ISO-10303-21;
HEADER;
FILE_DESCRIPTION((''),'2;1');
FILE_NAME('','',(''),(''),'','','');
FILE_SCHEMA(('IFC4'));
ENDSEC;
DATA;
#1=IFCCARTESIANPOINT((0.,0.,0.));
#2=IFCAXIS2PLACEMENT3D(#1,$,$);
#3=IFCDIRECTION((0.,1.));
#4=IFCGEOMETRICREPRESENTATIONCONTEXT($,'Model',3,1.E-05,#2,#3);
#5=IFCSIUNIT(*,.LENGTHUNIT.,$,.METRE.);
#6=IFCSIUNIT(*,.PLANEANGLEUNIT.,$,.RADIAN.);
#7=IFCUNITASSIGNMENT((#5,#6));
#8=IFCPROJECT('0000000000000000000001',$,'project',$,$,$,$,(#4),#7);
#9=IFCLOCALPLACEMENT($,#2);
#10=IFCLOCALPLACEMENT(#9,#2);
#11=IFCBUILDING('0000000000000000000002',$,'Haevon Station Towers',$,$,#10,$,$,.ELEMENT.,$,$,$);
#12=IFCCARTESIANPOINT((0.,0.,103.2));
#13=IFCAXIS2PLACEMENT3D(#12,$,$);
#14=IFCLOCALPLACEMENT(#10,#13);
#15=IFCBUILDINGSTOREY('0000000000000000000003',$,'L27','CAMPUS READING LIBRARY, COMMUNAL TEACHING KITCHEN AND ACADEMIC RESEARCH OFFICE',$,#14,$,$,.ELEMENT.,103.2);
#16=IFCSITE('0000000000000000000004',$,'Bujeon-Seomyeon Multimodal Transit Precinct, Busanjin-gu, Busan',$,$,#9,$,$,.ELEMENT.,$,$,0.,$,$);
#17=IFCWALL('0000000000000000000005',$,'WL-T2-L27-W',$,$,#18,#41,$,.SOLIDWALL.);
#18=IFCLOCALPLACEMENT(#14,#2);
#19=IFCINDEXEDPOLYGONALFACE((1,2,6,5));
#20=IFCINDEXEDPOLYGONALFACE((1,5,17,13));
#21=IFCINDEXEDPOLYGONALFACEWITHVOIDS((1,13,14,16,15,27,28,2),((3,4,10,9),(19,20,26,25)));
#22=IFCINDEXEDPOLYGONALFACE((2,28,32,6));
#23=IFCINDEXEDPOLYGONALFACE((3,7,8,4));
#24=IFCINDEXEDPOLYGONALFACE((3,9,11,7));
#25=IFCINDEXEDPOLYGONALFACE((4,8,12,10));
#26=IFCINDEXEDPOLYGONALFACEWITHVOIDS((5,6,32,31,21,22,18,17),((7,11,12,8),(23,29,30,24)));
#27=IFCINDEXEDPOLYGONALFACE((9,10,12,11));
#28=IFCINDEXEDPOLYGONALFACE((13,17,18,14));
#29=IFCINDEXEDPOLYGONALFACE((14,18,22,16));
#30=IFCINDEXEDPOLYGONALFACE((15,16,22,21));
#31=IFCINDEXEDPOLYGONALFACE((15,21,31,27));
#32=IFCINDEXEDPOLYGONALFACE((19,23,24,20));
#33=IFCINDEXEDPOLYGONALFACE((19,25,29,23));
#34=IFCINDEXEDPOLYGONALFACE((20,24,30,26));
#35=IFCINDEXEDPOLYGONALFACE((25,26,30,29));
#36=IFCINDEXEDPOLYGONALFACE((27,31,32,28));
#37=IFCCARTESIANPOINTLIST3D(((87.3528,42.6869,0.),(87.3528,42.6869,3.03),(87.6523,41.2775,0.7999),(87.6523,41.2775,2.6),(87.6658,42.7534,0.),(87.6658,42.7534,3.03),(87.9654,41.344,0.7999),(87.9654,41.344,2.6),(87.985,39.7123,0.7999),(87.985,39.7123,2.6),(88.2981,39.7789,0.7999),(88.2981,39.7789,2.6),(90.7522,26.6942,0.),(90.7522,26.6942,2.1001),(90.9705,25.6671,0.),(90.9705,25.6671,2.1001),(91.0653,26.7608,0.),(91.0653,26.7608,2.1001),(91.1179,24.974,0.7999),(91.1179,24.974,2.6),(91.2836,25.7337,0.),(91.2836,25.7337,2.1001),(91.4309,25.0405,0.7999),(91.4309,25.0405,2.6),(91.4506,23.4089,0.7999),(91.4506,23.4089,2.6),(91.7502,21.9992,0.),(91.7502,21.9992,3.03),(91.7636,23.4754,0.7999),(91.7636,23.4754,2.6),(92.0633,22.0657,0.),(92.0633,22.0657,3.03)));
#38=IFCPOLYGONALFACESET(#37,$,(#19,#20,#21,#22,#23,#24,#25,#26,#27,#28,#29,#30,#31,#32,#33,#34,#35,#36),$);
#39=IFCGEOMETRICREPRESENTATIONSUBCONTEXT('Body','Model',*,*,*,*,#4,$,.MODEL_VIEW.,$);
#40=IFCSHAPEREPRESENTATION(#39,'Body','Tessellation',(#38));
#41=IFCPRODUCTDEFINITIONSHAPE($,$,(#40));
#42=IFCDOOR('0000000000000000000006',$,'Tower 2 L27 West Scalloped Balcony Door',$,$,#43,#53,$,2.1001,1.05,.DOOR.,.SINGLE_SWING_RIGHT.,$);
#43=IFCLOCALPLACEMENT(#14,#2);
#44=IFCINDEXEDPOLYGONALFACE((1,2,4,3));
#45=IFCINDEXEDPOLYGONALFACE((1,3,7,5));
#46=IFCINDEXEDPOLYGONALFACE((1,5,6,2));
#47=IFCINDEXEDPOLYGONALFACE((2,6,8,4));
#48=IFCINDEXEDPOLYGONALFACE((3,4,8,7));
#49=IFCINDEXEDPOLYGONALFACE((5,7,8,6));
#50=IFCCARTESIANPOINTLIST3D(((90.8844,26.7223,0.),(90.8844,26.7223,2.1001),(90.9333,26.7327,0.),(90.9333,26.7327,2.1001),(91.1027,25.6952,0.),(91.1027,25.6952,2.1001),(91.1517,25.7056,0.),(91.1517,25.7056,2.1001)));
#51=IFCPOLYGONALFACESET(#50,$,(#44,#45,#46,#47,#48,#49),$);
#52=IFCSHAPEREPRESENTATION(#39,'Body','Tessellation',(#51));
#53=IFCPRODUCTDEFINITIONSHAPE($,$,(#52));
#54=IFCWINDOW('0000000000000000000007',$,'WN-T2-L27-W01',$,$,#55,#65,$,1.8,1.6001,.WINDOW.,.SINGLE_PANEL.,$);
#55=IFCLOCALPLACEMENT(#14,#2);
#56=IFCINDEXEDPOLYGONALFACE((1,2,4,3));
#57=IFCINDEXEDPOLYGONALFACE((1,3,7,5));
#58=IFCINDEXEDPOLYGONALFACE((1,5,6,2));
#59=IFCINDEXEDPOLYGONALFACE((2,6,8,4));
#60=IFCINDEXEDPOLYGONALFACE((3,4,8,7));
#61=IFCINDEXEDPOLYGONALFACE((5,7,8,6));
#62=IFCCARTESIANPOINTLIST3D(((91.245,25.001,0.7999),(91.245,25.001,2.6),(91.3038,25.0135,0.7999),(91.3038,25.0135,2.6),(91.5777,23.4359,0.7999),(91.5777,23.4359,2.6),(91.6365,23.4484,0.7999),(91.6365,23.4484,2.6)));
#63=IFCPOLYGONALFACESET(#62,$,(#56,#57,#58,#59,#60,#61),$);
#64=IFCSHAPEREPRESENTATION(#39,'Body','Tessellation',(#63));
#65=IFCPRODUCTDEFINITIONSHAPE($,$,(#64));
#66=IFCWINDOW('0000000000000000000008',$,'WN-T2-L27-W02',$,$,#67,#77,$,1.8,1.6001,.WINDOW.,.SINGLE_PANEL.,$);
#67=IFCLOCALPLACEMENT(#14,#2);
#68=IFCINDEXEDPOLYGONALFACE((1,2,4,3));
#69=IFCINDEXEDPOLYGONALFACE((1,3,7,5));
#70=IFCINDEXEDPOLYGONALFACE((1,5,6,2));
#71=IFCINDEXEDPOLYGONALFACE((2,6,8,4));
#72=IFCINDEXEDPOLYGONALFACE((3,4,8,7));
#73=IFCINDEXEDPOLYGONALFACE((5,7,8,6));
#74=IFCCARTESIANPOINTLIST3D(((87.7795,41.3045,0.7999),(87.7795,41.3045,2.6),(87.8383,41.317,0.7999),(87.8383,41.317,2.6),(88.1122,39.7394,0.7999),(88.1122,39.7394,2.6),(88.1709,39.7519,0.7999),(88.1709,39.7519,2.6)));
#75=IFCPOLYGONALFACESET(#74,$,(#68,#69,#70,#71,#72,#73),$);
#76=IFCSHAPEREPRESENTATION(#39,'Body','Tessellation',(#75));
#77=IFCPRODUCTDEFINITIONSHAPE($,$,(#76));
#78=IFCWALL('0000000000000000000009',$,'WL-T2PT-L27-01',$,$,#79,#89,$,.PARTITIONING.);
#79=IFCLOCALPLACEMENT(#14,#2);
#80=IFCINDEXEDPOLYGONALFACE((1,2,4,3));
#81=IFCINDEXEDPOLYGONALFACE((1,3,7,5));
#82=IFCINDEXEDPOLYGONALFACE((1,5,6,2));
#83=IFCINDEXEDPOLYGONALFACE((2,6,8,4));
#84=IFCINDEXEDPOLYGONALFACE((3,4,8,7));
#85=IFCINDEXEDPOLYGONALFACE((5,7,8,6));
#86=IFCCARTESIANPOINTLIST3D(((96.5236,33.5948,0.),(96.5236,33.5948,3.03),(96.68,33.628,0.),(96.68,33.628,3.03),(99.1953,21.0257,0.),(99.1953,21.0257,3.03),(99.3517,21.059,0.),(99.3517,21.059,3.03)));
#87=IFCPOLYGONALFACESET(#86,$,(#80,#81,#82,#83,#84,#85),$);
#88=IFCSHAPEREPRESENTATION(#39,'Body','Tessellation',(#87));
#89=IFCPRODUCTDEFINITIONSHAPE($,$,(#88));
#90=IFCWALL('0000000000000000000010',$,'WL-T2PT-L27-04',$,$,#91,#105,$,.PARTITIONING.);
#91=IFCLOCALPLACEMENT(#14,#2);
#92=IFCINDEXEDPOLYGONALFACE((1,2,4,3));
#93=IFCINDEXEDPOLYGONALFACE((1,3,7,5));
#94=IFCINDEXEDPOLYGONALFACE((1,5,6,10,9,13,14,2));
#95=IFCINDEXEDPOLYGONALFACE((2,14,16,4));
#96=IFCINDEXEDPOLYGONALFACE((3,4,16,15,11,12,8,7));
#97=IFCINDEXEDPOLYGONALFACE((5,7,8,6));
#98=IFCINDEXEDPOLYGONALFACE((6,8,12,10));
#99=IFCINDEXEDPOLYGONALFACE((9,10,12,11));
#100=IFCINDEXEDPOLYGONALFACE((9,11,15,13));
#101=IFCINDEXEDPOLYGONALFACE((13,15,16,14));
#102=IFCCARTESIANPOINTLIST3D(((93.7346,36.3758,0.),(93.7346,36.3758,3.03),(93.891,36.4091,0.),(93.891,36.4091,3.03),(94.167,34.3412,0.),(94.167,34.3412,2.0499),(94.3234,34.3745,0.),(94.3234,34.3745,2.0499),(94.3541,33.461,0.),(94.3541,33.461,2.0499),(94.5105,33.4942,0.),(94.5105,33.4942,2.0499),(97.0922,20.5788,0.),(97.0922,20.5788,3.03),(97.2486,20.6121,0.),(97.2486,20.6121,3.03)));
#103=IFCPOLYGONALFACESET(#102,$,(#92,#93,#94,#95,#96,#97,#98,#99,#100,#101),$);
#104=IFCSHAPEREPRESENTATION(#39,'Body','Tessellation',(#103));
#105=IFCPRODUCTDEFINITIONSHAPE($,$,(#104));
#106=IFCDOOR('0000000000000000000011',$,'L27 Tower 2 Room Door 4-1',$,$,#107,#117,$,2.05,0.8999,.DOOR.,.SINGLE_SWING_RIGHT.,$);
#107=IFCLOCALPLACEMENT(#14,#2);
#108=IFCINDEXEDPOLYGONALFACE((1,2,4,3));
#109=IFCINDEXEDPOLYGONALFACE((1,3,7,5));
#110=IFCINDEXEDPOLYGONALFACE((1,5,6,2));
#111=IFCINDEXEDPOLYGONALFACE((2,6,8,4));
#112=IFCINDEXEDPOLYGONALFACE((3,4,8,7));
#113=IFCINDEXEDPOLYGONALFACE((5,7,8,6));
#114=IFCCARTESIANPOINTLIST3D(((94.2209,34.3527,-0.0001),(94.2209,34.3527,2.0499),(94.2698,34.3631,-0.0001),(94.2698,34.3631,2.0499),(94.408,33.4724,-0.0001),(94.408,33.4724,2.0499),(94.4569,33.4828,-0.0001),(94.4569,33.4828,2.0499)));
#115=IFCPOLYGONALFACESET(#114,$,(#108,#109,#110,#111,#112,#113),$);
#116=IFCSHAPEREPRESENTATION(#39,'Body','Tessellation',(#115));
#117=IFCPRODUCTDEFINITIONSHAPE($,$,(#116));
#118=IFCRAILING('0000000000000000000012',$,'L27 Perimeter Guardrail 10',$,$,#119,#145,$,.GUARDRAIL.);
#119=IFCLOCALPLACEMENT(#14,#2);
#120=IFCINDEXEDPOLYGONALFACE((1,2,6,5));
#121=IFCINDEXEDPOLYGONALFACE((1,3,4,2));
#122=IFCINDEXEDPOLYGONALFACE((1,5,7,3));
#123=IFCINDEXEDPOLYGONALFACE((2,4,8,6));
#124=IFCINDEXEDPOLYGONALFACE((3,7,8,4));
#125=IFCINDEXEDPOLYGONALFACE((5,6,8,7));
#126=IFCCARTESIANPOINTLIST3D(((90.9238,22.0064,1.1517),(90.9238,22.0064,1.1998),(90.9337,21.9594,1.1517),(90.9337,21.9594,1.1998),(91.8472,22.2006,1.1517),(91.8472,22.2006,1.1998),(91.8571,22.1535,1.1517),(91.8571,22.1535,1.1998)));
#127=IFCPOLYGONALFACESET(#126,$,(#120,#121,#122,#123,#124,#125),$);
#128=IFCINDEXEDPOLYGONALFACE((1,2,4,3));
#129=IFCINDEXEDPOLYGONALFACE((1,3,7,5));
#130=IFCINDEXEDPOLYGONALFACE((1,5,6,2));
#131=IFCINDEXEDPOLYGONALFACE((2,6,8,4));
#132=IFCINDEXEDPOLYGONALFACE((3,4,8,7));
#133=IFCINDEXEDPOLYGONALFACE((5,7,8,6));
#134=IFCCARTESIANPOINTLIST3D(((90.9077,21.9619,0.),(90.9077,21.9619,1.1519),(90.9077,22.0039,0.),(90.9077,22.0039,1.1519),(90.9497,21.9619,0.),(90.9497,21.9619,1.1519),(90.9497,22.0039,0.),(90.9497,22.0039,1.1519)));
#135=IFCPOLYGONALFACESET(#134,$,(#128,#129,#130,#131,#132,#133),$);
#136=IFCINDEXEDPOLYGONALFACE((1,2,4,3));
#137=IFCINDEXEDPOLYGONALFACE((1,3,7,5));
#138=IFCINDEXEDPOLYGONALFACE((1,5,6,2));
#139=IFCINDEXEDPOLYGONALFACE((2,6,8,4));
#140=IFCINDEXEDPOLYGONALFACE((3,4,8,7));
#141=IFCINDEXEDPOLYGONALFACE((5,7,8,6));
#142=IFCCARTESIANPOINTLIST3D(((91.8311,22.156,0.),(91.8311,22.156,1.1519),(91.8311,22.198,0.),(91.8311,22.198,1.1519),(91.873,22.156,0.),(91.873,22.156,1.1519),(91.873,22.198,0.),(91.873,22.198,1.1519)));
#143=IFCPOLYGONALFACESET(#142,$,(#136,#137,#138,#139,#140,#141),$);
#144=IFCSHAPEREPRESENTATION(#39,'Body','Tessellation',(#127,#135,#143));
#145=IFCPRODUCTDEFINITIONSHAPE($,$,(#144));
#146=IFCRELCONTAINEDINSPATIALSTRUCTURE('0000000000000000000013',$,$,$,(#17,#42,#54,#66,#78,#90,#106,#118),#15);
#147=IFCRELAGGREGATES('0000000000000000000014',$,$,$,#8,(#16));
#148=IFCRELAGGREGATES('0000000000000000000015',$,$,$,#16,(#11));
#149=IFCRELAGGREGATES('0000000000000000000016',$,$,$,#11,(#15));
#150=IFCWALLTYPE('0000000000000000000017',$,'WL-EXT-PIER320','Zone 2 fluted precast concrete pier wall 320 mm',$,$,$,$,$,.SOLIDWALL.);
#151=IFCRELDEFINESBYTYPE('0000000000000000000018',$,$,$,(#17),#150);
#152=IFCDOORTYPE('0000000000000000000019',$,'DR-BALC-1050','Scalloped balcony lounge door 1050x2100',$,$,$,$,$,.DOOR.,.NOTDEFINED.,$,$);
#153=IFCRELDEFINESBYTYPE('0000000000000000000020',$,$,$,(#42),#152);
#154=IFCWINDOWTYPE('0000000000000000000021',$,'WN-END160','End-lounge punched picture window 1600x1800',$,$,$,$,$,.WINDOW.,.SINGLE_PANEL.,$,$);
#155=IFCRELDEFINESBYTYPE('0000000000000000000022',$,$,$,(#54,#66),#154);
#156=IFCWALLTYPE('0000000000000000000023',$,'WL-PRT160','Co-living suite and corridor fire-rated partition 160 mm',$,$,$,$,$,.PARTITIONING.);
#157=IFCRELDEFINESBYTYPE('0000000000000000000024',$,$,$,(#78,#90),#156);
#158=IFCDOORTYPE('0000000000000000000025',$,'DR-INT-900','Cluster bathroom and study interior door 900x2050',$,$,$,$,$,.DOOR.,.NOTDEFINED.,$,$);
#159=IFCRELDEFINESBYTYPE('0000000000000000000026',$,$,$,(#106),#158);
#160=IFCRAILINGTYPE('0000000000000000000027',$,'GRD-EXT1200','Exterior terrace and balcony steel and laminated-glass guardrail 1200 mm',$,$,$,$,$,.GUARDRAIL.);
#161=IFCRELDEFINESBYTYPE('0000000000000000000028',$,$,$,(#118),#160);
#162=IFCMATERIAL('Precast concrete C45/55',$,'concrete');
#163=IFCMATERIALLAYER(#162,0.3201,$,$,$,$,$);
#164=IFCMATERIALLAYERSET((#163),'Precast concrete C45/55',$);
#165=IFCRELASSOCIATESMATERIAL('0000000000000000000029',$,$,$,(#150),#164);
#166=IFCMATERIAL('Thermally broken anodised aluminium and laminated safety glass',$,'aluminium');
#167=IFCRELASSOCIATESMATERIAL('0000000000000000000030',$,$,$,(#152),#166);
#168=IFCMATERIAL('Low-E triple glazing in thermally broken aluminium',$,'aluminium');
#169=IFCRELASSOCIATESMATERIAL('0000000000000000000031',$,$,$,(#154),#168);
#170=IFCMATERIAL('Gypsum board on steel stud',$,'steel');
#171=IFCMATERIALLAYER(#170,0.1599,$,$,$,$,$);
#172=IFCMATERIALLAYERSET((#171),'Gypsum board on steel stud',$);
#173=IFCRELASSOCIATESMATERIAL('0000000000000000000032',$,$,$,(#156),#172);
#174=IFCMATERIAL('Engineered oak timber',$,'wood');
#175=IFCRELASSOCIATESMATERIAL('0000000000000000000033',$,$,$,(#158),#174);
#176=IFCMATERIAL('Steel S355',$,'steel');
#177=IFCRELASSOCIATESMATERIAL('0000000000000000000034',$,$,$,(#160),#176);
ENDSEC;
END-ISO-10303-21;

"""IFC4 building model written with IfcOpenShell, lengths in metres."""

from ifc_helpers import new_model, si_unit, direction, frame, frame_2d, origin, origin_2d, place, context, subcontext, project, spatial, rectangle, extrude, material, layer, layer_set, type_object, element, fill, save


model = new_model("IFC4")

# Units and contexts
model_context = context("Model", 3, precision=1e-05, world=origin(), true_north=direction((0.0, 1.0)))
body_context = subcontext(model_context, "Body", "Model", "MODEL_VIEW")
ifc_project = project(units=[si_unit("LENGTHUNIT", "METRE"), si_unit("PLANEANGLEUNIT", "RADIAN")], contexts=[model_context])

# Site, building, storey
site_placement = place(None, origin())
site = spatial("IfcSite", under=ifc_project, at=site_placement, Name="Bujeon-Seomyeon Multimodal Transit Precinct, Busanjin-gu, Busan", CompositionType="ELEMENT", RefElevation=0.0)
building_placement = place(site_placement, origin())
building = spatial("IfcBuilding", under=site, at=building_placement, Name="Haevon Station Towers", CompositionType="ELEMENT")
storey_placement = place(building_placement, frame((0.0, 0.0, 103.2)))
storey = spatial("IfcBuildingStorey", under=building, at=storey_placement, Name="L27", Description="CAMPUS READING LIBRARY, COMMUNAL TEACHING KITCHEN AND ACADEMIC RESEARCH OFFICE", CompositionType="ELEMENT", Elevation=103.2)

# Shared definitions
ifc_material_1 = material(Name="Steel S355", Category="steel")

# Shared definitions
ifc_material_2 = material(Name="Precast concrete C45/55", Category="concrete")
ifc_layer_1 = layer(ifc_material_2, 0.3201)
ifc_layer_set_1 = layer_set([ifc_layer_1], Name="Precast concrete C45/55")
wall_type_1 = type_object("IfcWallType", Name="WL-EXT-PIER320", Description="Zone 2 fluted precast concrete pier wall 320 mm", PredefinedType="SOLIDWALL", material=ifc_layer_set_1)

# Wall, openings, door, windows
wall_1_placement = place(storey_placement, frame((91.9067, 22.0325, 0.0), z_axis=(0.0, 0.0, 1.0), x_axis=(-0.207918, 0.978146, 0.0)))
wall_1 = element("IfcWall", 1, at=wall_1_placement, inside=storey, type_object=wall_type_1, Name="WL-T2-L27-W", PredefinedType="SOLIDWALL", context=body_context, shape_type="SweptSolid", body=[
    extrude(rectangle(XDim=21.1499, YDim=0.3201, at=frame_2d((10.575, 0.0))), origin(), (0.0, 0.0, 1.0), 3.03),
])
opening_1_placement = place(wall_1_placement, frame((3.75, 0.0, 0.0)))
opening_1 = element("IfcOpeningElement", 2, at=opening_1_placement, cuts=wall_1, PredefinedType="OPENING", context=body_context, shape_type="SweptSolid", body=[
    extrude(rectangle(XDim=1.05, YDim=2.1001, at=frame_2d((0.5249, 1.05))), frame((0.0, 0.1699, 0.0), z_axis=(0.0, -1.0, 0.0), x_axis=(1.0, 0.0, 0.0)), (0.0, 0.0, 1.0), 0.3401),
])
opening_2_placement = place(wall_1_placement, frame((1.4412, 0.0, 0.8)))
opening_2 = element("IfcOpeningElement", 3, at=opening_2_placement, cuts=wall_1, PredefinedType="OPENING", context=body_context, shape_type="SweptSolid", body=[
    extrude(rectangle(XDim=1.6001, YDim=1.8, at=frame_2d((0.8, 0.8999))), frame((0.0, 0.1699, 0.0), z_axis=(0.0, -1.0, 0.0), x_axis=(1.0, 0.0, 0.0)), (0.0, 0.0, 1.0), 0.3401),
])
opening_3_placement = place(wall_1_placement, frame((18.1089, 0.0, 0.8)))
opening_3 = element("IfcOpeningElement", 4, at=opening_3_placement, cuts=wall_1, PredefinedType="OPENING", context=body_context, shape_type="SweptSolid", body=[
    extrude(rectangle(XDim=1.6001, YDim=1.8, at=frame_2d((0.8, 0.8999))), frame((0.0, 0.1699, 0.0), z_axis=(0.0, -1.0, 0.0), x_axis=(1.0, 0.0, 0.0)), (0.0, 0.0, 1.0), 0.3401),
])
ifc_material_3 = material(Name="Thermally broken anodised aluminium and laminated safety glass", Category="aluminium")
door_type_1 = type_object("IfcDoorType", Name="DR-BALC-1050", Description="Scalloped balcony lounge door 1050x2100", OperationType="NOTDEFINED", PredefinedType="DOOR", material=ifc_material_3)
door_1_placement = place(opening_1_placement, origin())
door_1 = element("IfcDoor", 5, at=door_1_placement, inside=storey, type_object=door_type_1, Name="Tower 2 L27 West Scalloped Balcony Door", OperationType="SINGLE_SWING_RIGHT", OverallHeight=2.1001, OverallWidth=1.05, PredefinedType="DOOR", context=body_context, shape_type="SweptSolid", body=[
    extrude(rectangle(XDim=1.05, YDim=2.1001, at=frame_2d((0.5249, 1.05))), frame((0.0, 0.0249, 0.0), z_axis=(0.0, -1.0, 0.0), x_axis=(1.0, 0.0, 0.0)), (0.0, 0.0, 1.0), 0.05),
])
fill(opening_1, door_1)
ifc_material_4 = material(Name="Low-E triple glazing in thermally broken aluminium", Category="aluminium")
window_type = type_object("IfcWindowType", Name="WN-END160", Description="End-lounge punched picture window 1600x1800", PartitioningType="SINGLE_PANEL", PredefinedType="WINDOW", material=ifc_material_4)
window_1_placement = place(opening_2_placement, origin())
window_1 = element("IfcWindow", 6, at=window_1_placement, inside=storey, type_object=window_type, Name="WN-T2-L27-W01", OverallHeight=1.8, OverallWidth=1.6001, PartitioningType="SINGLE_PANEL", PredefinedType="WINDOW", context=body_context, shape_type="SweptSolid", body=[
    extrude(rectangle(XDim=1.6001, YDim=1.8, at=frame_2d((0.8, 0.8999))), frame((0.0, 0.03, 0.0), z_axis=(0.0, -1.0, 0.0), x_axis=(1.0, 0.0, 0.0)), (0.0, 0.0, 1.0), 0.0601),
])
fill(opening_2, window_1)
window_2_placement = place(opening_3_placement, origin())
window_2 = element("IfcWindow", 7, at=window_2_placement, inside=storey, type_object=window_type, Name="WN-T2-L27-W02", OverallHeight=1.8, OverallWidth=1.6001, PartitioningType="SINGLE_PANEL", PredefinedType="WINDOW", context=body_context, shape_type="SweptSolid", body=[
    extrude(rectangle(XDim=1.6001, YDim=1.8, at=frame_2d((0.8, 0.8999))), frame((0.0, 0.03, 0.0), z_axis=(0.0, -1.0, 0.0), x_axis=(1.0, 0.0, 0.0)), (0.0, 0.0, 1.0), 0.0601),
])
fill(opening_3, window_2)

# Wall
ifc_material_5 = material(Name="Gypsum board on steel stud", Category="steel")
ifc_layer_2 = layer(ifc_material_5, 0.1599)
ifc_layer_set_2 = layer_set([ifc_layer_2], Name="Gypsum board on steel stud")
wall_type_2 = type_object("IfcWallType", Name="WL-PRT160", Description="Co-living suite and corridor fire-rated partition 160 mm", PredefinedType="PARTITIONING", material=ifc_layer_set_2)
wall_2_placement = place(storey_placement, frame((99.2734, 21.0425, 0.0), z_axis=(0.0, 0.0, 1.0), x_axis=(-0.207911, 0.978148, 0.0)))
element("IfcWall", 8, at=wall_2_placement, inside=storey, type_object=wall_type_2, Name="WL-T2PT-L27-01", PredefinedType="PARTITIONING", context=body_context, shape_type="SweptSolid", body=[
    extrude(rectangle(XDim=12.8499, YDim=0.1599, at=frame_2d((6.4248, 0.0))), origin(), (0.0, 0.0, 1.0), 3.03),
])

# Wall, opening, door
wall_3_placement = place(storey_placement, frame((97.1704, 20.5955, 0.0), z_axis=(0.0, 0.0, 1.0), x_axis=(-0.207905, 0.978149, 0.0)))
wall_3 = element("IfcWall", 9, at=wall_3_placement, inside=storey, type_object=wall_type_2, Name="WL-T2PT-L27-04", PredefinedType="PARTITIONING", context=body_context, shape_type="SweptSolid", body=[
    extrude(rectangle(XDim=16.1499, YDim=0.1599, at=frame_2d((8.075, 0.0))), origin(), (0.0, 0.0, 1.0), 3.03),
])
opening_4_placement = place(wall_3_placement, frame((13.1699, 0.0, 0.0)))
opening_4 = element("IfcOpeningElement", 10, at=opening_4_placement, cuts=wall_3, PredefinedType="OPENING", context=body_context, shape_type="SweptSolid", body=[
    extrude(rectangle(XDim=0.8999, YDim=2.05, at=frame_2d((0.45, 1.0249))), frame((0.0, 0.0898, 0.0), z_axis=(0.0, -1.0, 0.0), x_axis=(1.0, 0.0, 0.0)), (0.0, 0.0, 1.0), 0.1799),
])
ifc_material_6 = material(Name="Engineered oak timber", Category="wood")
door_type_2 = type_object("IfcDoorType", Name="DR-INT-900", Description="Cluster bathroom and study interior door 900x2050", OperationType="NOTDEFINED", PredefinedType="DOOR", material=ifc_material_6)
door_2_placement = place(opening_4_placement, origin())
door_2 = element("IfcDoor", 11, at=door_2_placement, inside=storey, type_object=door_type_2, Name="L27 Tower 2 Room Door 4-1", OperationType="SINGLE_SWING_RIGHT", OverallHeight=2.05, OverallWidth=0.8999, PredefinedType="DOOR", context=body_context, shape_type="SweptSolid", body=[
    extrude(rectangle(XDim=0.8999, YDim=2.05, at=frame_2d((0.45, 1.0249))), frame((0.0, 0.0249, 0.0), z_axis=(0.0, -1.0, 0.0), x_axis=(1.0, 0.0, 0.0)), (0.0, 0.0, 1.0), 0.05),
])
fill(opening_4, door_2)

# Railing
railing_type = type_object("IfcRailingType", Name="GRD-EXT1200", Description="Exterior terrace and balcony steel and laminated-glass guardrail 1200 mm", PredefinedType="GUARDRAIL", material=ifc_material_1)
railing_placement = place(storey_placement, frame((90.9287, 21.9829, 0.0)))
element("IfcRailing", 12, at=railing_placement, inside=storey, type_object=railing_type, Name="L27 Perimeter Guardrail 10", PredefinedType="GUARDRAIL", context=body_context, shape_type="SweptSolid", body=[
    extrude(rectangle(XDim=0.0481, YDim=0.0481, at=origin_2d()), frame((0.0, 0.0, 1.1758), z_axis=(0.978613, 0.205711, 0.0), x_axis=(-0.205711, 0.978613, 0.0)), (0.0, 0.0, 1.0), 0.9436),
    extrude(rectangle(XDim=0.042, YDim=0.042, at=origin_2d()), origin(), (0.0, 0.0, 1.0), 1.1519),
    extrude(rectangle(XDim=0.042, YDim=0.042, at=origin_2d()), frame((0.9233, 0.1941, 0.0)), (0.0, 0.0, 1.0), 1.1519),
])

save(model, "model.ifc")
